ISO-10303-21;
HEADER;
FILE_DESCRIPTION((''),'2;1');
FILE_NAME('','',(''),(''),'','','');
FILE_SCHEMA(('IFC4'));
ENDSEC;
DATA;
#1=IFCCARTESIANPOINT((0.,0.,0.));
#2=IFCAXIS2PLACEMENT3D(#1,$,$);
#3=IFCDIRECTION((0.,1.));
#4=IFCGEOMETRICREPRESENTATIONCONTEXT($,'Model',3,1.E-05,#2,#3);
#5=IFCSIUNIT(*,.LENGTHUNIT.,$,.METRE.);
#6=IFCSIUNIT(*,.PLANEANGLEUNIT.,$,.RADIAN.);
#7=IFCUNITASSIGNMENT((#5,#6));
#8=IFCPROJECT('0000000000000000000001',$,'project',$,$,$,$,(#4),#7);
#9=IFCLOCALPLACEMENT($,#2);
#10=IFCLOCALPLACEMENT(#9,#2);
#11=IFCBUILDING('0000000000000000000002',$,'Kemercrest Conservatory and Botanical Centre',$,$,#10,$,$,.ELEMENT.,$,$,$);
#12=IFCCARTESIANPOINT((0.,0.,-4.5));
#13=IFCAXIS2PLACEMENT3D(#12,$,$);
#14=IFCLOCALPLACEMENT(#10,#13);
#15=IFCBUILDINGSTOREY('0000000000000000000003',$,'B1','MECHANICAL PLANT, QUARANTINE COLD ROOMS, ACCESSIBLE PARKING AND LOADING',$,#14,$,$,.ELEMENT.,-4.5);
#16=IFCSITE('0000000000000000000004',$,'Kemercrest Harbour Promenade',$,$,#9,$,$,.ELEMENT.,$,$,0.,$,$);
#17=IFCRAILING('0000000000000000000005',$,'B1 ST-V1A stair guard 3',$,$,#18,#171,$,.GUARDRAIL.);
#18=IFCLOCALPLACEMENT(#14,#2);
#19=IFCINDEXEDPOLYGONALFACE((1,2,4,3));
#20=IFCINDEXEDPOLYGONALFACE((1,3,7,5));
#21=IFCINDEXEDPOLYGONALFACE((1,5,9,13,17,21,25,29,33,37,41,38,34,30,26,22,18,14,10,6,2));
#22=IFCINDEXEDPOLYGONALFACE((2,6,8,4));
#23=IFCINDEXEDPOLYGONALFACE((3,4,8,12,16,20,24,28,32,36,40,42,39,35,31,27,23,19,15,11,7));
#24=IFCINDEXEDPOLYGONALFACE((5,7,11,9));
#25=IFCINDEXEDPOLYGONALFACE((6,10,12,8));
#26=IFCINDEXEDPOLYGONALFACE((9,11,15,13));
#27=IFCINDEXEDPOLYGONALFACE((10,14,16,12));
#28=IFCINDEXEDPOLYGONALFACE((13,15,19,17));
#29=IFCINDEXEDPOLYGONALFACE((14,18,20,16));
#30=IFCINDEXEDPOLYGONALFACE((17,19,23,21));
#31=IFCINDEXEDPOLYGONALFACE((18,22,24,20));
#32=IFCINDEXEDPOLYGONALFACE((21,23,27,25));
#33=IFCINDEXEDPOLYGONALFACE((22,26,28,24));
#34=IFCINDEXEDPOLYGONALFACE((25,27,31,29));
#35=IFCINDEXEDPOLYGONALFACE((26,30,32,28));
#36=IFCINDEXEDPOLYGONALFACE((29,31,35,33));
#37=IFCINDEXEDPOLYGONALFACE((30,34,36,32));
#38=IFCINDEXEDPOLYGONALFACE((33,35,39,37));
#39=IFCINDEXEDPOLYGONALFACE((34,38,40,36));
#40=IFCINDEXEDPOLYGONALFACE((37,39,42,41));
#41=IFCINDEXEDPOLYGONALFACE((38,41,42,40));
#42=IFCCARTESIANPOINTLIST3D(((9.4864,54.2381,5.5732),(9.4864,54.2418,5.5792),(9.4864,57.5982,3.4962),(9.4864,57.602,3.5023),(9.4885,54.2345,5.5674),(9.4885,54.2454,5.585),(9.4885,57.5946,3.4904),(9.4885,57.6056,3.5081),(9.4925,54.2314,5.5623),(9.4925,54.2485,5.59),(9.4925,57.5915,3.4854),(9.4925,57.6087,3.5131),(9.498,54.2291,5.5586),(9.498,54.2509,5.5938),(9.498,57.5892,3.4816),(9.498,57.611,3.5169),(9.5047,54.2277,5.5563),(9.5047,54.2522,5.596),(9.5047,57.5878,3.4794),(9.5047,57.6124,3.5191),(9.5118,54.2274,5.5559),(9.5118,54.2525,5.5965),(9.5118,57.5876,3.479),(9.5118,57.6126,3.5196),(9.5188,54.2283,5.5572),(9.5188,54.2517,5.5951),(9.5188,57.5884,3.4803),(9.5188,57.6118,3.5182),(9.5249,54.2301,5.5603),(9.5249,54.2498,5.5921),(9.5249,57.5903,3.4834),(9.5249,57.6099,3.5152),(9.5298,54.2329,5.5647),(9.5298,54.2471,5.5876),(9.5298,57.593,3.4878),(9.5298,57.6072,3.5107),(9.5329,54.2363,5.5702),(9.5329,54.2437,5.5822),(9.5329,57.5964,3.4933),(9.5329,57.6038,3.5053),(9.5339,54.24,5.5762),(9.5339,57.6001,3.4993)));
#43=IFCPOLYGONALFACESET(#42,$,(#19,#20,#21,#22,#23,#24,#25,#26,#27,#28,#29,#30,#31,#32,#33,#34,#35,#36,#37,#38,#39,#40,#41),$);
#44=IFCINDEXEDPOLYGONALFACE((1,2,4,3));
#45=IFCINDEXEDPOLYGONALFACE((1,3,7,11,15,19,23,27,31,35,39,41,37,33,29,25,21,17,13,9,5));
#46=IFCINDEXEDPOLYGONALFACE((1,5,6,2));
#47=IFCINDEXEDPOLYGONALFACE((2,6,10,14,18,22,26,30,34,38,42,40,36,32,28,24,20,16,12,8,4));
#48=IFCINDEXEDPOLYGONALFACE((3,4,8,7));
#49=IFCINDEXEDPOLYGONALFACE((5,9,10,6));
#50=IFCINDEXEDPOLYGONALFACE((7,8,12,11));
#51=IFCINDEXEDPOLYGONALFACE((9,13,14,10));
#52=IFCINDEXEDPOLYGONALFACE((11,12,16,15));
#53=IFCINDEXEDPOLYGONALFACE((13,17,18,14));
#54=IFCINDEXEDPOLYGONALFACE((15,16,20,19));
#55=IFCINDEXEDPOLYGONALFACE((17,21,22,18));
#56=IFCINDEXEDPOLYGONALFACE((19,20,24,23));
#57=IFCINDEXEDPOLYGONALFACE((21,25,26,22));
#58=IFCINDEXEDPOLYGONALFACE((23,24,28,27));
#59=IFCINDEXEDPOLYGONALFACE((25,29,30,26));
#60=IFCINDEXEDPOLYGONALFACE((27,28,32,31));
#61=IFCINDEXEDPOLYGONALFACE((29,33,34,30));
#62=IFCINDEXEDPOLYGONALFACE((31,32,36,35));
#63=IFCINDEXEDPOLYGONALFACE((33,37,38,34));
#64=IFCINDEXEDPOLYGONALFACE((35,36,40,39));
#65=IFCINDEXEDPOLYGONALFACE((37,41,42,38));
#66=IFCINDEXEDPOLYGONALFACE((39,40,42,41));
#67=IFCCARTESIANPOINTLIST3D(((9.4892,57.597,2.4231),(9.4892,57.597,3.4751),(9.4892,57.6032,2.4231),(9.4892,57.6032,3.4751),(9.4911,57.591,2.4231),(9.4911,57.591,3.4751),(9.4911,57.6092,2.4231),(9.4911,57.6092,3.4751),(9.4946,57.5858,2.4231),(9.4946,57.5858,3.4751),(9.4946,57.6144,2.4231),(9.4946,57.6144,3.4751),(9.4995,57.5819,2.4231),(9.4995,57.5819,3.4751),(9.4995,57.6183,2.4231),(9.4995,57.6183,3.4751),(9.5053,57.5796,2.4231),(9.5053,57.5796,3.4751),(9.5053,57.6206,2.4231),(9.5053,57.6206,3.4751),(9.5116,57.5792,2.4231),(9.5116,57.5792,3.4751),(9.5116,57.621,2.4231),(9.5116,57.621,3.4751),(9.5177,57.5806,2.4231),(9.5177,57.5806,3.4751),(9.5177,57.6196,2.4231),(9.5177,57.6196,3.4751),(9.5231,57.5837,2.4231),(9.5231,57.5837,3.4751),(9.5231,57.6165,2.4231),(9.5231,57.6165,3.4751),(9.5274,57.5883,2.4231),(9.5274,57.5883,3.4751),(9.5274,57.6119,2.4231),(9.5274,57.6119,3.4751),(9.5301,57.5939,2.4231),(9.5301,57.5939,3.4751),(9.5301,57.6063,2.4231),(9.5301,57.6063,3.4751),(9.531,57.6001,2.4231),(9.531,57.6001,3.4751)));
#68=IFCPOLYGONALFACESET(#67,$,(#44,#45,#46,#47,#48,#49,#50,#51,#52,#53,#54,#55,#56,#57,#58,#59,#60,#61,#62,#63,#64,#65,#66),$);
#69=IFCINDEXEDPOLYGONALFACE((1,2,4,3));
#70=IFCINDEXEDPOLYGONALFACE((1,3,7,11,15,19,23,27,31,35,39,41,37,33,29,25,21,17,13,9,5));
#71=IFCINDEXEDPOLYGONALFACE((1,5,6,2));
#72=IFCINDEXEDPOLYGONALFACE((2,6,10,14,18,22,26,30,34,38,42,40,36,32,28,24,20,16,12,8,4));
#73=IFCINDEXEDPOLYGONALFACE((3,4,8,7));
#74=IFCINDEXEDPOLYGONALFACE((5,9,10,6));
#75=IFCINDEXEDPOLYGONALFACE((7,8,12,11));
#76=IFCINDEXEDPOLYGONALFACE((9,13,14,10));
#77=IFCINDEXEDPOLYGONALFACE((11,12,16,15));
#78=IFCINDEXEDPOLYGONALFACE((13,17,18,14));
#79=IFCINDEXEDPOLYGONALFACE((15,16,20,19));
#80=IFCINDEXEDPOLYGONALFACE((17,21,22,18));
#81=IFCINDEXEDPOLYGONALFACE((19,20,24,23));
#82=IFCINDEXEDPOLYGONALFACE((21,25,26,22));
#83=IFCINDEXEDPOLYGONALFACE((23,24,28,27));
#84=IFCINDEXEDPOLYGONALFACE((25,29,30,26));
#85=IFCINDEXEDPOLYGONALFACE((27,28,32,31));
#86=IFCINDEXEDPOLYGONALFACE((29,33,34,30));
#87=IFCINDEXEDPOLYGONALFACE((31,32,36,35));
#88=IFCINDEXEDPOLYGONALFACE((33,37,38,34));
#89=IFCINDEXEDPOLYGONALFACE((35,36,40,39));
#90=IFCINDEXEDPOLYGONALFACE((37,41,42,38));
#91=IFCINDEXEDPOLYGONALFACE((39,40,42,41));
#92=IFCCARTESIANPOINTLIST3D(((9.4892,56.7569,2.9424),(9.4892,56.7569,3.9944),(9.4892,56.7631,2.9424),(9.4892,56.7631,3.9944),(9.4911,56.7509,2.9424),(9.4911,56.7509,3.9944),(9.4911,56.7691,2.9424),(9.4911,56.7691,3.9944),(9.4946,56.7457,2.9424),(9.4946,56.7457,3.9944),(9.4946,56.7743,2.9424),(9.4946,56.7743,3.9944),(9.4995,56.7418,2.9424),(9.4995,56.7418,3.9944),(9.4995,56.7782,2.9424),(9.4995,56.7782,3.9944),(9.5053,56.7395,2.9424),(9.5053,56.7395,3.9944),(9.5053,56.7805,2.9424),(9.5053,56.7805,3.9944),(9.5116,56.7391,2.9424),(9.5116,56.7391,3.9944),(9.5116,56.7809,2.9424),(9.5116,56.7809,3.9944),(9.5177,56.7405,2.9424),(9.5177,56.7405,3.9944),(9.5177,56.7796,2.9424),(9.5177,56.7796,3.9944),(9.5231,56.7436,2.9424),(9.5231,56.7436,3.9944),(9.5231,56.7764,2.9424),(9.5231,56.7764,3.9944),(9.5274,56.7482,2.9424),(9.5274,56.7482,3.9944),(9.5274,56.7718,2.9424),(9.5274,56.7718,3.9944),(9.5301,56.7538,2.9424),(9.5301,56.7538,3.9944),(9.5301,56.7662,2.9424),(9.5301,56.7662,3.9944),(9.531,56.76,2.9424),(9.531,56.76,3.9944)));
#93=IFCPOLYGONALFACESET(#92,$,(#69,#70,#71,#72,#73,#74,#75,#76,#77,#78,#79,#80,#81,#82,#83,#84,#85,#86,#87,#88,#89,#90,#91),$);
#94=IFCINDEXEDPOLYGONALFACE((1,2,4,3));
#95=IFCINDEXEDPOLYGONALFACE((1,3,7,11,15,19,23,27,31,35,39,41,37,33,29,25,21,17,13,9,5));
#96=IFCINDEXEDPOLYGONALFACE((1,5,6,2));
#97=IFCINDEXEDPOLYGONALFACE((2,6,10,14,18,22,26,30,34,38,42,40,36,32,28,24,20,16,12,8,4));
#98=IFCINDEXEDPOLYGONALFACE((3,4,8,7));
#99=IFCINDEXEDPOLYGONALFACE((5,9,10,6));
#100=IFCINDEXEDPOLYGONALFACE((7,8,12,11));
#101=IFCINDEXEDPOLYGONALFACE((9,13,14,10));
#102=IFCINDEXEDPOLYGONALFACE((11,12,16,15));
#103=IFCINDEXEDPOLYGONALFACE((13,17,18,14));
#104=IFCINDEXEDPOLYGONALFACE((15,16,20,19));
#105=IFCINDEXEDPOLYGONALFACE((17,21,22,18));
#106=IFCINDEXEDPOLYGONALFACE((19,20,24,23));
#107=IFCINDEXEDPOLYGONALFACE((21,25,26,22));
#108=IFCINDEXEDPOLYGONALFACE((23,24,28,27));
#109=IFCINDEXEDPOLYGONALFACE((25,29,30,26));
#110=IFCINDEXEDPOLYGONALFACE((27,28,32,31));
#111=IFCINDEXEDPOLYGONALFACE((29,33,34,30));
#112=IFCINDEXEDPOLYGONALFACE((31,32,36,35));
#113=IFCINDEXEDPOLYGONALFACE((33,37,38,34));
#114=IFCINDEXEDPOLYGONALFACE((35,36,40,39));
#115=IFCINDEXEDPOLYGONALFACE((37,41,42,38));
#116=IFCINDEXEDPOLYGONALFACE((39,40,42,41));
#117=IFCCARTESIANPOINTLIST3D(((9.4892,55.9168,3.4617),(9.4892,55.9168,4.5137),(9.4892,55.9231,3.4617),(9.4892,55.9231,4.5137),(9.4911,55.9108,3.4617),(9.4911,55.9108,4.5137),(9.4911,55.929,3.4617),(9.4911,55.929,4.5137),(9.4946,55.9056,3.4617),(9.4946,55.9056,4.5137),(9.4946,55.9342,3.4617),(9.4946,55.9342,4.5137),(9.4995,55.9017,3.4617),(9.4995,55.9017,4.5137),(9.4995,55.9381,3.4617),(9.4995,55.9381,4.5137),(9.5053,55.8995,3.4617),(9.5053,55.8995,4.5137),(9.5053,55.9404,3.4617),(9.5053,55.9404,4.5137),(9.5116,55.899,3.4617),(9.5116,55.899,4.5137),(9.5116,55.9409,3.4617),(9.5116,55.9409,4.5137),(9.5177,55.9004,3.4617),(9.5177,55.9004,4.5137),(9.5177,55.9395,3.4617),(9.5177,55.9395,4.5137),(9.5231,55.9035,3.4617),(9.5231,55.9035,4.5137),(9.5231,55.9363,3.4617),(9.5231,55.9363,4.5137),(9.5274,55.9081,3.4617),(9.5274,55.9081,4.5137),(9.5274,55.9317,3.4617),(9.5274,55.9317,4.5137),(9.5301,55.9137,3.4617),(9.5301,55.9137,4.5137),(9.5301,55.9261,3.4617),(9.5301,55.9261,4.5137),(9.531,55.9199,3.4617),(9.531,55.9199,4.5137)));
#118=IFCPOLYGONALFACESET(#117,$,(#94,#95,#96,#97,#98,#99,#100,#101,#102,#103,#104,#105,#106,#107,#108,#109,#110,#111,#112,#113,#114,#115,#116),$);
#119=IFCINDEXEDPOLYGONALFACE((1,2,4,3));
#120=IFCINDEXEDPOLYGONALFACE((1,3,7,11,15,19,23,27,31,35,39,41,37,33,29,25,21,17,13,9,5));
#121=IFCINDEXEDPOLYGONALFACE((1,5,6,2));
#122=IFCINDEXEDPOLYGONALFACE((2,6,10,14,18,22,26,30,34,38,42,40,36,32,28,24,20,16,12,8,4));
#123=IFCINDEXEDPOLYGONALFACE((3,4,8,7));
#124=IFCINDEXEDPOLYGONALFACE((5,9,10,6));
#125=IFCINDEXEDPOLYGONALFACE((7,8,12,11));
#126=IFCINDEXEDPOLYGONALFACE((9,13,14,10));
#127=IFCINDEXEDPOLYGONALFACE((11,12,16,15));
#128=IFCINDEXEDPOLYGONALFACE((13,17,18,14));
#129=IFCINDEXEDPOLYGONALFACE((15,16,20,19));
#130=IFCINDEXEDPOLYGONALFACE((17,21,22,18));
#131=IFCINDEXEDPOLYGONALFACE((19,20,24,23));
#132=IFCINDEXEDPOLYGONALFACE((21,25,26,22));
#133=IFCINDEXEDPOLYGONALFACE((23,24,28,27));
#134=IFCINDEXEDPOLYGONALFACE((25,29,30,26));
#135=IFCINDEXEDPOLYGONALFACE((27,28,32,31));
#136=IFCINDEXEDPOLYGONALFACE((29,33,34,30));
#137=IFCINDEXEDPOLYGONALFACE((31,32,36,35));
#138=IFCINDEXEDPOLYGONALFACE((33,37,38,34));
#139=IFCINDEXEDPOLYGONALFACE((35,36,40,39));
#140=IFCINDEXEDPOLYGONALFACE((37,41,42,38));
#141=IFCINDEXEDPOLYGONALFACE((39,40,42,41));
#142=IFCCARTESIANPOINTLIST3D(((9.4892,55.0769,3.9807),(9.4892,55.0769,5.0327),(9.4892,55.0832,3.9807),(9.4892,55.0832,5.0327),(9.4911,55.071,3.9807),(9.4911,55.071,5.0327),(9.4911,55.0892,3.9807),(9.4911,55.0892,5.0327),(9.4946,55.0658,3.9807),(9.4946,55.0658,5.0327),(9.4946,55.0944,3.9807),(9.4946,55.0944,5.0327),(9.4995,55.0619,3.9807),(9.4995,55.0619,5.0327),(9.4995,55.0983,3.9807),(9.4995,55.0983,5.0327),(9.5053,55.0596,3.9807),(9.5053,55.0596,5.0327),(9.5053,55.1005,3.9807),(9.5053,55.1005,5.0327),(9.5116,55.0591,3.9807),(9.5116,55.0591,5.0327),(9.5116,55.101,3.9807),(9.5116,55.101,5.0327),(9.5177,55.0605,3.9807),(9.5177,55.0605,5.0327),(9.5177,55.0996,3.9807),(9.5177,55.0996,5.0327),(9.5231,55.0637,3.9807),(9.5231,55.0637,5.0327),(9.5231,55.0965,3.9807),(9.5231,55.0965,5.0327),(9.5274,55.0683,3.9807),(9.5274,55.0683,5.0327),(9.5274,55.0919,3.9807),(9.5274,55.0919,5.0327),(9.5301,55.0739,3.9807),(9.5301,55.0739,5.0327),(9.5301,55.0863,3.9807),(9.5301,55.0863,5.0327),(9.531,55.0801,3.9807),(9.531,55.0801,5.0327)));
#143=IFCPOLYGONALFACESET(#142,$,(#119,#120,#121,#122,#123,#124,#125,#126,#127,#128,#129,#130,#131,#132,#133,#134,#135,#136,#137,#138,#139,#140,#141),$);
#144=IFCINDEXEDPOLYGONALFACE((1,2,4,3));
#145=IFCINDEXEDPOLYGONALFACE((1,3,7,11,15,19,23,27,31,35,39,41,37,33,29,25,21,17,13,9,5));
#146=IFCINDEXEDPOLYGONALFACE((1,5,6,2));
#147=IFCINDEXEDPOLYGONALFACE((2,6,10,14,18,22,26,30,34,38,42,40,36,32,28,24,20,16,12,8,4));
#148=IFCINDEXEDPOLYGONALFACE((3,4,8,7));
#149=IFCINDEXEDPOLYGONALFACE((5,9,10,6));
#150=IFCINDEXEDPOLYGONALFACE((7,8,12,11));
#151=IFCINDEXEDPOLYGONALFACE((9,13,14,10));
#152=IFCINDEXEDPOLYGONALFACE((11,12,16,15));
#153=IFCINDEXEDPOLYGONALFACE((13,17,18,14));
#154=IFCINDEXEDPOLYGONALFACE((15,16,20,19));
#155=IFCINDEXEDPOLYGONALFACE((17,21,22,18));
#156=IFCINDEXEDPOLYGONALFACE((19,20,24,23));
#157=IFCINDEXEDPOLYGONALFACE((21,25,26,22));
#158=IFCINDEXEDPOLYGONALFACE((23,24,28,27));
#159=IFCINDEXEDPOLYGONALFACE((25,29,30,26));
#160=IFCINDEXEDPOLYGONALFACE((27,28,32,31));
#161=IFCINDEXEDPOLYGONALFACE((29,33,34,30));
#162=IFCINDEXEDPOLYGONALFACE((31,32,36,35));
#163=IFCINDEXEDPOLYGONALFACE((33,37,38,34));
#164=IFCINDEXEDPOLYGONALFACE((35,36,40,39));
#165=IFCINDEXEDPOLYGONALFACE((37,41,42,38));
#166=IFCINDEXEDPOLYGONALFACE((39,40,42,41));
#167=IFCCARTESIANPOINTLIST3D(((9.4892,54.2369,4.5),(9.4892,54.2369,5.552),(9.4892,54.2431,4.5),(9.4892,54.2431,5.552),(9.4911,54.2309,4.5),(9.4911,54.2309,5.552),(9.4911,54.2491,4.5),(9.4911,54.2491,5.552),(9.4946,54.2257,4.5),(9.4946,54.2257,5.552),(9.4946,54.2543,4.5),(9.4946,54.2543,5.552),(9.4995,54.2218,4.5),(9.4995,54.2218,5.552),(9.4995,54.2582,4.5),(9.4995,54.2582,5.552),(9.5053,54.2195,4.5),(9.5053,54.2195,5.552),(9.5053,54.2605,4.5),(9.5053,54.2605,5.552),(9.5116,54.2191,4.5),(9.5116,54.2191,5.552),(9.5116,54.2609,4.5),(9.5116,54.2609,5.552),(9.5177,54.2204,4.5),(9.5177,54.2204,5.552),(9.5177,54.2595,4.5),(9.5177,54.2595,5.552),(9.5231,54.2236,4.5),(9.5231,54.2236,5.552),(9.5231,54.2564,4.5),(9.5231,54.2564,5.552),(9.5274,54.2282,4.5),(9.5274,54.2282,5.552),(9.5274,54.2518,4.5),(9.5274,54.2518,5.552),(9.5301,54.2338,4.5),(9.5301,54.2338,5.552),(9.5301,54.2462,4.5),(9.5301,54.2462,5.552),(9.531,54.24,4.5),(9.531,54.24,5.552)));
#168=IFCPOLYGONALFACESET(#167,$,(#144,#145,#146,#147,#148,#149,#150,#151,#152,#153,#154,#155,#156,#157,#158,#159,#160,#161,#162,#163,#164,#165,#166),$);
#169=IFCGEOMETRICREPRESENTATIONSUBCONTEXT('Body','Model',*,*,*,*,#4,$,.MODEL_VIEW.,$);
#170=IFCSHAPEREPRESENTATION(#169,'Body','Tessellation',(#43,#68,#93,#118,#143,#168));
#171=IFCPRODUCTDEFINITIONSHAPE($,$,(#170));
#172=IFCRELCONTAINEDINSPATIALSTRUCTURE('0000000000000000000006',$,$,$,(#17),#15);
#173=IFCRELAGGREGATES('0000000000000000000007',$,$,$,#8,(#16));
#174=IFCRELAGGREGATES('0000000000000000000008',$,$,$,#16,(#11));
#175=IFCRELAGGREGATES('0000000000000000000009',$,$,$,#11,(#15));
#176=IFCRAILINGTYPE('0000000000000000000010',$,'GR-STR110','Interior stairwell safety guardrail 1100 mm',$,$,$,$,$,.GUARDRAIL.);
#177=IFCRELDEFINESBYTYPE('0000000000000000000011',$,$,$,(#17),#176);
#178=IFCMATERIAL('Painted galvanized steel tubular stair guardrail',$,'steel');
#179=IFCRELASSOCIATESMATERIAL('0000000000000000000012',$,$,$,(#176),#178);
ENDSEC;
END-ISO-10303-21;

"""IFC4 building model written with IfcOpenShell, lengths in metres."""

from ifc_helpers import new_model, si_unit, direction, frame, origin, origin_2d, place, context, subcontext, project, spatial, circle, extrude, material, type_object, element, save


model = new_model("IFC4")

# Units and contexts
model_context = context("Model", 3, precision=1e-05, world=origin(), true_north=direction((0.0, 1.0)))
body_context = subcontext(model_context, "Body", "Model", "MODEL_VIEW")
ifc_project = project(units=[si_unit("LENGTHUNIT", "METRE"), si_unit("PLANEANGLEUNIT", "RADIAN")], contexts=[model_context])

# Site, building, storey
site_placement = place(None, origin())
site = spatial("IfcSite", under=ifc_project, at=site_placement, Name="Kemercrest Harbour Promenade", CompositionType="ELEMENT", RefElevation=0.0)
building_placement = place(site_placement, origin())
building = spatial("IfcBuilding", under=site, at=building_placement, Name="Kemercrest Conservatory and Botanical Centre", CompositionType="ELEMENT")
storey_placement = place(building_placement, frame((0.0, 0.0, -4.5)))
storey = spatial("IfcBuildingStorey", under=building, at=storey_placement, Name="B1", Description="MECHANICAL PLANT, QUARANTINE COLD ROOMS, ACCESSIBLE PARKING AND LOADING", CompositionType="ELEMENT", Elevation=-4.5)

# Railing
ifc_material_1 = material(Name="Painted galvanized steel tubular stair guardrail", Category="steel")
railing_type_1 = type_object("IfcRailingType", Name="GR-STR110", Description="Interior stairwell safety guardrail 1100 mm", PredefinedType="GUARDRAIL", material=ifc_material_1)
railing_1_placement = place(storey_placement, frame((9.51, 57.6001, 2.4231)))
element("IfcRailing", 1, at=railing_1_placement, inside=storey, type_object=railing_type_1, Name="B1 ST-V1A stair guard 3", PredefinedType="GUARDRAIL", context=body_context, shape_type="SweptSolid", body=[
    extrude(circle(Radius=0.0239, at=origin_2d()), frame((0.0, 0.0, 1.0762), z_axis=(0.0, -0.850623, 0.525776), x_axis=(1.0, 0.0, 0.0)), (0.0, 0.0, 1.0), 3.9502),
    extrude(circle(Radius=0.021, at=origin_2d()), origin(), (0.0, 0.0, 1.0), 1.052),
    extrude(circle(Radius=0.021, at=origin_2d()), frame((0.0, -0.8401, 0.5193)), (0.0, 0.0, 1.0), 1.052),
    extrude(circle(Radius=0.021, at=origin_2d()), frame((0.0, -1.6802, 1.0386)), (0.0, 0.0, 1.0), 1.052),
    extrude(circle(Radius=0.021, at=origin_2d()), frame((0.0, -2.52, 1.5576)), (0.0, 0.0, 1.0), 1.052),
    extrude(circle(Radius=0.021, at=origin_2d()), frame((0.0, -3.3601, 2.0769)), (0.0, 0.0, 1.0), 1.052),
])

save(model, "model.ifc")
